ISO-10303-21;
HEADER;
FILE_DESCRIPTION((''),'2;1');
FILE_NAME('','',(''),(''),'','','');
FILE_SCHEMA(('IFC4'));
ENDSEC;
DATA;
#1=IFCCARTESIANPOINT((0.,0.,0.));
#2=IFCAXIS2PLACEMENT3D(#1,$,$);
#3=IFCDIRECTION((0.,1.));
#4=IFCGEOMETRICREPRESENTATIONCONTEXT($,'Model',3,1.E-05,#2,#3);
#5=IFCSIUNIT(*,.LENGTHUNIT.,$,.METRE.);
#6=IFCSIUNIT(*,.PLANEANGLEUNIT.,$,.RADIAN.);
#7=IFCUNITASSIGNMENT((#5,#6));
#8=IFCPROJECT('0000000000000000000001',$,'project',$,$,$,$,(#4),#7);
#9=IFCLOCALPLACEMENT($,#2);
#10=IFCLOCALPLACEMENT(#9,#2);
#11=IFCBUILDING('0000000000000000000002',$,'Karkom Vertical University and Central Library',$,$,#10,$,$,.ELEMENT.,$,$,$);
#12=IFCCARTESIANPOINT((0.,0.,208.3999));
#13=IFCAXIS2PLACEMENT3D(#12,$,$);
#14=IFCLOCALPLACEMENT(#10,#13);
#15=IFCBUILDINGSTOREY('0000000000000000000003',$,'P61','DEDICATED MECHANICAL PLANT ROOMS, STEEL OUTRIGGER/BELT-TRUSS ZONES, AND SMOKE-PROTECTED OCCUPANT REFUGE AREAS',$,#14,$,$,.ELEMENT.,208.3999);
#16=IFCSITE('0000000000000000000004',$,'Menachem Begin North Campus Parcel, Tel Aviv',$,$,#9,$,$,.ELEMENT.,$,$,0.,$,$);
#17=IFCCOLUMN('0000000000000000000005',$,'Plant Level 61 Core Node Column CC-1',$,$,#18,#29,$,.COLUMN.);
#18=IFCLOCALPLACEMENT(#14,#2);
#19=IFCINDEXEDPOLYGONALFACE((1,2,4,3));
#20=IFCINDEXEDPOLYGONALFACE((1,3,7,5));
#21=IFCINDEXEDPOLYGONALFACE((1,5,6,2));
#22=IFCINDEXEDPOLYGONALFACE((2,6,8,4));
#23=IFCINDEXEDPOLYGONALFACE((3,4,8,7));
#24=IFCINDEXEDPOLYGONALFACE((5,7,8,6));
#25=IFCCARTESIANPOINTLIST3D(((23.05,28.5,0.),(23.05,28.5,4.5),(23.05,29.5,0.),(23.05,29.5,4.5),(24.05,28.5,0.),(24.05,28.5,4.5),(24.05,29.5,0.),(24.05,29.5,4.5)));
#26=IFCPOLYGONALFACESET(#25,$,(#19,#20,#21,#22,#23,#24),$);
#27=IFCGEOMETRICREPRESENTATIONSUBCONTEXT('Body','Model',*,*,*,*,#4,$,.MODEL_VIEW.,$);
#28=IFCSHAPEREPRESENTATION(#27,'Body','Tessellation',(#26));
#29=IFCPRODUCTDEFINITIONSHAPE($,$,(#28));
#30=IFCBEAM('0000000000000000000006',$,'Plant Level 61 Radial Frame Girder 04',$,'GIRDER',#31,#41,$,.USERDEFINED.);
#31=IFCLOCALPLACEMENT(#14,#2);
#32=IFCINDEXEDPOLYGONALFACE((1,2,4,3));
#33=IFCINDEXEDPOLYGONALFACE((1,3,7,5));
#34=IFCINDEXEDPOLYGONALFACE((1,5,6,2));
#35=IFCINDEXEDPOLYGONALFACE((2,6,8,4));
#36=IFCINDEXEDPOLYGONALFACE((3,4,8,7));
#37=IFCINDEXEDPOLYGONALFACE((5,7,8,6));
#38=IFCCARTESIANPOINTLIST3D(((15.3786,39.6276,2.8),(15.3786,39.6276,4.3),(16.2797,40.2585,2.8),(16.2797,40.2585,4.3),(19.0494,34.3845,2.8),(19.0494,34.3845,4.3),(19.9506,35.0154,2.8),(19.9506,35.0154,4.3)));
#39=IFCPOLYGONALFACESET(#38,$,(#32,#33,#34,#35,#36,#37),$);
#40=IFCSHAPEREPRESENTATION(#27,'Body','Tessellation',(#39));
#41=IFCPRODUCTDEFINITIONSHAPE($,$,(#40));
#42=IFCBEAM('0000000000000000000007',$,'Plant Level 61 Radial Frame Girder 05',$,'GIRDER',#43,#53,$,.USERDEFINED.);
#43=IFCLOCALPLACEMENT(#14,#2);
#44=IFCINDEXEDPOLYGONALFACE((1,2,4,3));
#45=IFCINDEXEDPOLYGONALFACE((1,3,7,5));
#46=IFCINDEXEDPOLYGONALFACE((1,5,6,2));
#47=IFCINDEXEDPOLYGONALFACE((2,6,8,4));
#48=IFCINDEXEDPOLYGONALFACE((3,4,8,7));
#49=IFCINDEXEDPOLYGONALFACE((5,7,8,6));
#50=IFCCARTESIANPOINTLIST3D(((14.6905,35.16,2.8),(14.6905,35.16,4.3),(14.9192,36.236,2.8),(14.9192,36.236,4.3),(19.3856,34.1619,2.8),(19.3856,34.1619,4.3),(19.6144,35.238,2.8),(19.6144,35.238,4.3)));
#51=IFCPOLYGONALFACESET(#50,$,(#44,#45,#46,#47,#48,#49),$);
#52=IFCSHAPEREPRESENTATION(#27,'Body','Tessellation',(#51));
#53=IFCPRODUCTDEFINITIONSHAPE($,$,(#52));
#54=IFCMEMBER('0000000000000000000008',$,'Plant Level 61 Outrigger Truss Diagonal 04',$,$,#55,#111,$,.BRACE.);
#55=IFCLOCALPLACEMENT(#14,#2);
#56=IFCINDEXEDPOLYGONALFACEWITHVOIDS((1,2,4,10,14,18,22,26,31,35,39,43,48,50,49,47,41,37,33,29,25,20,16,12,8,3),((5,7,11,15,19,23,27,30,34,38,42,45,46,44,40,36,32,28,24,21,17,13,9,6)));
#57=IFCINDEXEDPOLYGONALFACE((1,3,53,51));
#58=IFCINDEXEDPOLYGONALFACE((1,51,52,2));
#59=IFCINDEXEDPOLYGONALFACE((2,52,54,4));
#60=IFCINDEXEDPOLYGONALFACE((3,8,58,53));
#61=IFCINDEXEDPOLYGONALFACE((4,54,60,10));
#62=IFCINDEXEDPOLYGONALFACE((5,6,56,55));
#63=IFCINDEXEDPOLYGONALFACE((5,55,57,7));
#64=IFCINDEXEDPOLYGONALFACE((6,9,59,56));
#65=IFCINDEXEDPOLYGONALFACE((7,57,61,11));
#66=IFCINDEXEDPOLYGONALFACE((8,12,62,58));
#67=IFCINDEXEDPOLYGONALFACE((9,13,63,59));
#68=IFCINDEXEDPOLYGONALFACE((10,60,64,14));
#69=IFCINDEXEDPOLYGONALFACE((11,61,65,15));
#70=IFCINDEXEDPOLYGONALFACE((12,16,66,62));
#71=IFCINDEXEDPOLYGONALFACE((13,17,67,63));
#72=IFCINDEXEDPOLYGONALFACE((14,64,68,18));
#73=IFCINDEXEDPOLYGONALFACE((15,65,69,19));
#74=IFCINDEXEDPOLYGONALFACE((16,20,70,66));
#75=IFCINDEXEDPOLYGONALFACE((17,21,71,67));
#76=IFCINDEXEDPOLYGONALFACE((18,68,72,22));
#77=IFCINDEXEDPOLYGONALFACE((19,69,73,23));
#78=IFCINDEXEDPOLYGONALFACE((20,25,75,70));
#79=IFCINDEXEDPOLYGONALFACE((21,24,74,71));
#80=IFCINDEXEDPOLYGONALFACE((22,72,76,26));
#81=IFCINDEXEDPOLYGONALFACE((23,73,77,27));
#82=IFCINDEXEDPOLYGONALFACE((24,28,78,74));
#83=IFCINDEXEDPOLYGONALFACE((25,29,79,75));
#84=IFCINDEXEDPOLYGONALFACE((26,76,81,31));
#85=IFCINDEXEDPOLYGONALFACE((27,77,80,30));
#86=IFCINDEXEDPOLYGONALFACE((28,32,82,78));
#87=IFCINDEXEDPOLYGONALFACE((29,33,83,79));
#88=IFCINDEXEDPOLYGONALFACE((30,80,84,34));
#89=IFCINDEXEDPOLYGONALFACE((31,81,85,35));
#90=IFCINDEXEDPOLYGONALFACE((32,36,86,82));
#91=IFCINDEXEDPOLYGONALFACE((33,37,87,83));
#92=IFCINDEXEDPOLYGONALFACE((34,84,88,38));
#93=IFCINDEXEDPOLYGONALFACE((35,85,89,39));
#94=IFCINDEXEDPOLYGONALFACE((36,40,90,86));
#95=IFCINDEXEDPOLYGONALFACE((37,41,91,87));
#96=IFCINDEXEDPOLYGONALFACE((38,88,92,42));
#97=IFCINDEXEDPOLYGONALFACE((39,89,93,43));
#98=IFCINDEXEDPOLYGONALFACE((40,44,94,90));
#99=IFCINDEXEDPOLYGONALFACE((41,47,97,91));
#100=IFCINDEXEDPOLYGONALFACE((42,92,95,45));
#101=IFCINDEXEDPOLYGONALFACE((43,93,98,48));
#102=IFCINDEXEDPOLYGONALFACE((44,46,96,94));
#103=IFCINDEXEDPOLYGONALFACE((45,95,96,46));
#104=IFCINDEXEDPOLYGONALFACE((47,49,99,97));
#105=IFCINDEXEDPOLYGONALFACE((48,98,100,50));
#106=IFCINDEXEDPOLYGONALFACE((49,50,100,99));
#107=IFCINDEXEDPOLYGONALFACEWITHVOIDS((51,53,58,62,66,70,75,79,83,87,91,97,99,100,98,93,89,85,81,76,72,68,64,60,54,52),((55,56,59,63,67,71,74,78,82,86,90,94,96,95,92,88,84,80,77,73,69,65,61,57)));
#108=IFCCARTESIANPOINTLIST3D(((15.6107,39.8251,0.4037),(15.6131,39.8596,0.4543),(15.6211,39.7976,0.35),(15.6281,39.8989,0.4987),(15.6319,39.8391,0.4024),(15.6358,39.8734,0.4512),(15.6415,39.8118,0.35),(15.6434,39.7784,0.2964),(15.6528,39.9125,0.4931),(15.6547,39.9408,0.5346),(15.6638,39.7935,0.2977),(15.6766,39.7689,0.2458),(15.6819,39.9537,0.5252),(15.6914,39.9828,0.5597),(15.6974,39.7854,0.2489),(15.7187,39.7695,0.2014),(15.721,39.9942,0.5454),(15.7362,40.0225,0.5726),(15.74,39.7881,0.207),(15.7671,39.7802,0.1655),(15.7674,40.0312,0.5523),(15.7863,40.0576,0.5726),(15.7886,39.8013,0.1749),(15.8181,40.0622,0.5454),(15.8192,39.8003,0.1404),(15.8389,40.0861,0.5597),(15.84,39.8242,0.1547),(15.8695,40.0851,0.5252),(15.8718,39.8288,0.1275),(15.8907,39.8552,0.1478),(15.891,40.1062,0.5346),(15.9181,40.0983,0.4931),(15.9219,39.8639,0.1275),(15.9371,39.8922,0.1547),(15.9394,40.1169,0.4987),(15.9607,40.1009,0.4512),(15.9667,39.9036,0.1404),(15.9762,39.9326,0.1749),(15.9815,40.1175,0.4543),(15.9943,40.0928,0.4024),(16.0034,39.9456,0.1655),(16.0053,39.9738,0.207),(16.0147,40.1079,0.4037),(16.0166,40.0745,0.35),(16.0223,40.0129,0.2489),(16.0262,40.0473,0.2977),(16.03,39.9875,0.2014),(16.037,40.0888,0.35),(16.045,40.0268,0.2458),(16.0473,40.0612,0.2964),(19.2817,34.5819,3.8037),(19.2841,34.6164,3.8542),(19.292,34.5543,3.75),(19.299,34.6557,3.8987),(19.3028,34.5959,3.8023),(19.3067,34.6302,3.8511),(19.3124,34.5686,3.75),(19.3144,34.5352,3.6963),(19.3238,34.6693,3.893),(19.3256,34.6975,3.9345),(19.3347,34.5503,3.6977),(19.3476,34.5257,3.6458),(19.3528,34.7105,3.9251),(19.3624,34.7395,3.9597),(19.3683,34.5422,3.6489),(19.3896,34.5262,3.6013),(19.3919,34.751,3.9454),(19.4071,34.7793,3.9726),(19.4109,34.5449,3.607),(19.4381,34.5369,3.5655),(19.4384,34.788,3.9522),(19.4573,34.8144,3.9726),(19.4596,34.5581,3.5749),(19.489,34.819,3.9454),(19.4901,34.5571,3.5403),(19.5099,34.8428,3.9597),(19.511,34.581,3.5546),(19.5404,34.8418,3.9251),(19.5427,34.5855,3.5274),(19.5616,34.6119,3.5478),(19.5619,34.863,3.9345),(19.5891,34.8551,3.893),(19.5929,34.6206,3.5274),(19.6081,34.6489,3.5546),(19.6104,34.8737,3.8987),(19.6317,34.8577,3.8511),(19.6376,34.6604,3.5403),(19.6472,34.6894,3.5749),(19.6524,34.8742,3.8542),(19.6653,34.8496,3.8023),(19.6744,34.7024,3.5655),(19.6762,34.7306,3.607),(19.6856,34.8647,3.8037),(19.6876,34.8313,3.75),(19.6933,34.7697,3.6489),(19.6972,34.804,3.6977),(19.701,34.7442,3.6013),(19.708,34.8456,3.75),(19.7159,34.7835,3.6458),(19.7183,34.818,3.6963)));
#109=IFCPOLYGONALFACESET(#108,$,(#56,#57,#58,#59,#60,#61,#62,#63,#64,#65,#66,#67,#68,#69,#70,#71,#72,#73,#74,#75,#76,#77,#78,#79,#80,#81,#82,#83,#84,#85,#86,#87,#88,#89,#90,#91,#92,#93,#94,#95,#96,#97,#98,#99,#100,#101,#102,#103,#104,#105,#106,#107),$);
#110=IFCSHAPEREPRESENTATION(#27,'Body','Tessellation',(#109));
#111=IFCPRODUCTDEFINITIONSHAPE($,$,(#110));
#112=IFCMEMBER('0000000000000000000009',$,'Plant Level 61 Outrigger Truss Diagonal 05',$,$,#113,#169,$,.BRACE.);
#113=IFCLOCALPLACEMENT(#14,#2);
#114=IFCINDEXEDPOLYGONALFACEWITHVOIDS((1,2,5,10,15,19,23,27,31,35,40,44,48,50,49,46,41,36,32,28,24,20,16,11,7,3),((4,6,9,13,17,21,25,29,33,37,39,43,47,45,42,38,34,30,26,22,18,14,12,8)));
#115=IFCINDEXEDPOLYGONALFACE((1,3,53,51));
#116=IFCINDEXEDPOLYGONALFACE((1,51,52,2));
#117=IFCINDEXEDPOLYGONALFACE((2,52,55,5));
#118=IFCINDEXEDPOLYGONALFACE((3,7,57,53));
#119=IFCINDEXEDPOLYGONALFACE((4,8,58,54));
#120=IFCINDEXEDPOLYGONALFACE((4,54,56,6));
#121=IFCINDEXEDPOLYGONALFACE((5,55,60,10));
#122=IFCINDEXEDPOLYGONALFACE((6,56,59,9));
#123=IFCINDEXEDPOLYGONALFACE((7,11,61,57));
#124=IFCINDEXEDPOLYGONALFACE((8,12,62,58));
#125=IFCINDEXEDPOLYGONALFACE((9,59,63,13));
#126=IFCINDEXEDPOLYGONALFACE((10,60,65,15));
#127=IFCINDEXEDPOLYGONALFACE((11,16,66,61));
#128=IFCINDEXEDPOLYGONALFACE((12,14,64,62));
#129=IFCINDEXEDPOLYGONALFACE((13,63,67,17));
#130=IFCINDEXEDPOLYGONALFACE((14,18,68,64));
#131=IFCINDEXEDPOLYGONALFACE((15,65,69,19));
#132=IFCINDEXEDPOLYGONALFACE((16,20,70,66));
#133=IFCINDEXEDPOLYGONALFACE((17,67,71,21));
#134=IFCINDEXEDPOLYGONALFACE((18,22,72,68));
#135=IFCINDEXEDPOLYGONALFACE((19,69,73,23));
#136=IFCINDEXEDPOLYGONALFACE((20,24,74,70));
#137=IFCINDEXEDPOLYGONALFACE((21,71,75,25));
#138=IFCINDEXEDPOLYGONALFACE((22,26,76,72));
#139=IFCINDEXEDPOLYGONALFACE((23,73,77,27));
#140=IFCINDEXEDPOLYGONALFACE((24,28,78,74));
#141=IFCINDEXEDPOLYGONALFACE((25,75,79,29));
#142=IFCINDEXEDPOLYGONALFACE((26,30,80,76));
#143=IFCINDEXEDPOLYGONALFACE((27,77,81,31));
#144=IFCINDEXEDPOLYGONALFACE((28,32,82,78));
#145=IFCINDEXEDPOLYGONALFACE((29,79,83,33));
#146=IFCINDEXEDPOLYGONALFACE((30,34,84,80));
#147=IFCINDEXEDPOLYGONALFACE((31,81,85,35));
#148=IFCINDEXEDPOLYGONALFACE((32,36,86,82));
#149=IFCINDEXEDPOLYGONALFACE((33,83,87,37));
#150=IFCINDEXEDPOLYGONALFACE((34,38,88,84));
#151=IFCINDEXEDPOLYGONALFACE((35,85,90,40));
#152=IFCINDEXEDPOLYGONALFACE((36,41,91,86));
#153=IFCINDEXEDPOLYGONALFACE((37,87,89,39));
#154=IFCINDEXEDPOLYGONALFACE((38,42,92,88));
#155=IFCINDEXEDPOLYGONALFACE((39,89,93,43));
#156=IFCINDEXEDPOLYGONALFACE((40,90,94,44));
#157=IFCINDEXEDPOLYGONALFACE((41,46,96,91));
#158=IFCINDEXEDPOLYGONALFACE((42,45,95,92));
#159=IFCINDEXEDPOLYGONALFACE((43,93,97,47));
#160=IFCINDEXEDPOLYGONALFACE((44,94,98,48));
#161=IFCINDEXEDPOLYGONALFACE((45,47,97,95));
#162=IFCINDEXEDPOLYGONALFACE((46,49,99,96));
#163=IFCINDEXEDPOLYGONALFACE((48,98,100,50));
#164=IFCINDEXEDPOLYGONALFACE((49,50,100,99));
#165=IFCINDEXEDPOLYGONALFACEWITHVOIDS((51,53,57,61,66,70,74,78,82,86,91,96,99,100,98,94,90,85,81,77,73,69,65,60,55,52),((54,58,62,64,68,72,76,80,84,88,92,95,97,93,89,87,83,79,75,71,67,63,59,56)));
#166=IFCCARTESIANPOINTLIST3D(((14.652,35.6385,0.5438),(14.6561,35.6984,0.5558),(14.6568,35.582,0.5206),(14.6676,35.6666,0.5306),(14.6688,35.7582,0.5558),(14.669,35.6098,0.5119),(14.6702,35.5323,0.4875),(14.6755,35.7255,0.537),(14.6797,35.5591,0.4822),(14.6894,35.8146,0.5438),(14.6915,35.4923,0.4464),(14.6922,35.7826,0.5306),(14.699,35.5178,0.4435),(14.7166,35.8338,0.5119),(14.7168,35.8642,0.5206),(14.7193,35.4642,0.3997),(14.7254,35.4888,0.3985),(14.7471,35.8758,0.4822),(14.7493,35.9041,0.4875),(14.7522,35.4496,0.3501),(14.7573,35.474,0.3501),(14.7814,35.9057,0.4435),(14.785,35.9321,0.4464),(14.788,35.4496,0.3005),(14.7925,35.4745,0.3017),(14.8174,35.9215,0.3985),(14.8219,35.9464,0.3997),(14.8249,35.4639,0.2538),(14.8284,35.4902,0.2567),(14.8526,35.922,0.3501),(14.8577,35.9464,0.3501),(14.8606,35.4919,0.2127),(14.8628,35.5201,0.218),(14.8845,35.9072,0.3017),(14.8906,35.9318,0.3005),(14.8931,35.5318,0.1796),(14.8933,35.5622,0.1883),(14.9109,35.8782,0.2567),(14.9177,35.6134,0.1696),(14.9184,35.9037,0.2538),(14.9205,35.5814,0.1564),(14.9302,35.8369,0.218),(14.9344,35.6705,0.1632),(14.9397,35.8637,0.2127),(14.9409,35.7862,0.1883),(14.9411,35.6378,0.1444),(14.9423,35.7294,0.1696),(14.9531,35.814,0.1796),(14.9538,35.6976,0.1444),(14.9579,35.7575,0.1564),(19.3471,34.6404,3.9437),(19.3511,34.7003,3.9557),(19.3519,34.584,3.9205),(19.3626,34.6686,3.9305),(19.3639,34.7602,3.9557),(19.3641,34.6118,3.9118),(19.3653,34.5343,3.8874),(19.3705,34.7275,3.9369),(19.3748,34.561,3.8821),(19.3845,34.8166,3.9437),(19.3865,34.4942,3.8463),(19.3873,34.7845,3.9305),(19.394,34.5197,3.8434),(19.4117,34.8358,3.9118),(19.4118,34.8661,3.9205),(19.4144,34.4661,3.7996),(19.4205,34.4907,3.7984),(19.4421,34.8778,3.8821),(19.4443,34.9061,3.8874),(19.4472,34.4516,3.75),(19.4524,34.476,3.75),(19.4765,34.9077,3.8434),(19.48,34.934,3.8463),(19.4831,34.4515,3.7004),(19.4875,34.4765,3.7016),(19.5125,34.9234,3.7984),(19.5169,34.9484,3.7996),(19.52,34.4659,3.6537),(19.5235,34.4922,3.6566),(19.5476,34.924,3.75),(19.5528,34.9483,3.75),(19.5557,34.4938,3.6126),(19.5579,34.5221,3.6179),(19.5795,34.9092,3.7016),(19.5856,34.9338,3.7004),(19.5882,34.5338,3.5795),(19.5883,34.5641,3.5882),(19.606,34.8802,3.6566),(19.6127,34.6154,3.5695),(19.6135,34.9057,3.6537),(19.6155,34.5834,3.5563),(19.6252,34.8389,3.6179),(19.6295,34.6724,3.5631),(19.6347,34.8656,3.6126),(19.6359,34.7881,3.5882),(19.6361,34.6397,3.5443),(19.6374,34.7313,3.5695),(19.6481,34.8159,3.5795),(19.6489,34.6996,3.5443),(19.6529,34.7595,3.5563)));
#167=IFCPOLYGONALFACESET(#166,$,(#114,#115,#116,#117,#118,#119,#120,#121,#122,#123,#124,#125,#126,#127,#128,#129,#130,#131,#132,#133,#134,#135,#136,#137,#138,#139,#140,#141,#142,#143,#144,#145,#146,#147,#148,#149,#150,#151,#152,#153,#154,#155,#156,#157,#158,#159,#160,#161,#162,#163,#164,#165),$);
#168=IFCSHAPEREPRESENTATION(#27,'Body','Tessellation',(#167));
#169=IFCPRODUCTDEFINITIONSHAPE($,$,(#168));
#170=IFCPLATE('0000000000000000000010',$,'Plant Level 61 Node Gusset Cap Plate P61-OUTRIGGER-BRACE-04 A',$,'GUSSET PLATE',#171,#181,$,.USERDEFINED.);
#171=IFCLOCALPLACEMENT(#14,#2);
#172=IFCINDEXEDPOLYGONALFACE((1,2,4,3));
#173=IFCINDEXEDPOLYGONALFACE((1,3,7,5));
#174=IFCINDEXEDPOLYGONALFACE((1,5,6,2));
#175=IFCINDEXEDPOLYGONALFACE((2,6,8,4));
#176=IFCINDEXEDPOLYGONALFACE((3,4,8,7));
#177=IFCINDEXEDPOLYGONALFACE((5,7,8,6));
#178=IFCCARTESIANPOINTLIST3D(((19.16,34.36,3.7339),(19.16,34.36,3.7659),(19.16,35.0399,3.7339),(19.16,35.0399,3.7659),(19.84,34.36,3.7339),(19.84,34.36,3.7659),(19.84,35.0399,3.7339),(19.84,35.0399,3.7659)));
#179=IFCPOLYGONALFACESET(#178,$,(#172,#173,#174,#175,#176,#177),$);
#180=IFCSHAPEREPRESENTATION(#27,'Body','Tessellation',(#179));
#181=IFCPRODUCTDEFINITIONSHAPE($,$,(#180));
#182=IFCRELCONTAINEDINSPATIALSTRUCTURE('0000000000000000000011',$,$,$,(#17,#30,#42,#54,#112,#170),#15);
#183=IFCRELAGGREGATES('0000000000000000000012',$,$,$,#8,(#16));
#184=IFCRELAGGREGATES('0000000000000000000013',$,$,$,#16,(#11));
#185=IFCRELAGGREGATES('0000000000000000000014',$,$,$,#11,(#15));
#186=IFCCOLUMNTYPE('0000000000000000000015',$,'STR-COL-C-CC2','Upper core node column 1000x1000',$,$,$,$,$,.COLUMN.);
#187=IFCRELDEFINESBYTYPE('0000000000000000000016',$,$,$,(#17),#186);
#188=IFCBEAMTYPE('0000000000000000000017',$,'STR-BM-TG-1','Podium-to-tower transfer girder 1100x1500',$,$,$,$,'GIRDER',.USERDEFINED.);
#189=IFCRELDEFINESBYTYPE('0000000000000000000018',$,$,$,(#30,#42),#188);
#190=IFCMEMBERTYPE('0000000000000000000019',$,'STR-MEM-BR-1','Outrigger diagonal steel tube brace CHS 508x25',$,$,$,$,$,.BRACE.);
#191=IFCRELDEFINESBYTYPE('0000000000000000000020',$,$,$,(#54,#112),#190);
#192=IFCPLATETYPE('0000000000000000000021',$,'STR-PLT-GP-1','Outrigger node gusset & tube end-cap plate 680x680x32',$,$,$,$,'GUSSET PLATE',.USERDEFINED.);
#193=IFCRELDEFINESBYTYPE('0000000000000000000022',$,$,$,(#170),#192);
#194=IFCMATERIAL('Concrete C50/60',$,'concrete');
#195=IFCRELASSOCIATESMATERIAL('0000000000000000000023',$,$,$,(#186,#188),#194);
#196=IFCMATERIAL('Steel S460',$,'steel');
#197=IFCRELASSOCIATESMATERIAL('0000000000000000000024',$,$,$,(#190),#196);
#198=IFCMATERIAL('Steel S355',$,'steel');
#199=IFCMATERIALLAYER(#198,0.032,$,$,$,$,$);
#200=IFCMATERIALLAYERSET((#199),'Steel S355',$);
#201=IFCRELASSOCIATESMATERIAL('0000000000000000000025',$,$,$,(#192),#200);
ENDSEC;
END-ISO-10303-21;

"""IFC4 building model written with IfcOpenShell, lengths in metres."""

from ifc_helpers import new_model, si_unit, direction, frame, origin, origin_with_axes, origin_2d, place, context, subcontext, project, spatial, rectangle, hollow_circle, extrude, source, transform, mapped, material, layer, layer_set, material_profile, profile_set, type_object, element, save


model = new_model("IFC4")

# Units and contexts
model_context = context("Model", 3, precision=1e-05, world=origin(), true_north=direction((0.0, 1.0)))
body_context = subcontext(model_context, "Body", "Model", "MODEL_VIEW")
ifc_project = project(units=[si_unit("LENGTHUNIT", "METRE"), si_unit("PLANEANGLEUNIT", "RADIAN")], contexts=[model_context])

# Site, building, storey
site_placement = place(None, origin())
site = spatial("IfcSite", under=ifc_project, at=site_placement, Name="Menachem Begin North Campus Parcel, Tel Aviv", CompositionType="ELEMENT", RefElevation=0.0)
building_placement = place(site_placement, origin())
building = spatial("IfcBuilding", under=site, at=building_placement, Name="Karkom Vertical University and Central Library", CompositionType="ELEMENT")
storey_placement = place(building_placement, frame((0.0, 0.0, 208.3999)))
storey = spatial("IfcBuildingStorey", under=building, at=storey_placement, Name="P61", Description="DEDICATED MECHANICAL PLANT ROOMS, STEEL OUTRIGGER/BELT-TRUSS ZONES, AND SMOKE-PROTECTED OCCUPANT REFUGE AREAS", CompositionType="ELEMENT", Elevation=208.3999)

# Column
ifc_material_1 = material(Name="Concrete C50/60", Category="concrete")
ifc_material_profile_1 = material_profile(ifc_material_1, rectangle(XDim=1.0, YDim=1.0, at=origin_2d()), Name="RC-1000x1000")
ifc_profile_set_1 = profile_set([ifc_material_profile_1], Name="Concrete C50/60")
column_type = type_object("IfcColumnType", Name="STR-COL-C-CC2", Description="Upper core node column 1000x1000", PredefinedType="COLUMN", material=ifc_profile_set_1)
shared_shape_1 = source(origin_with_axes(), body_context, "Body", "SweptSolid", [
    extrude(rectangle(XDim=1.0, YDim=1.0, at=origin_2d()), origin(), (0.0, 0.0, 1.0), 4.5),
])
column_placement = place(storey_placement, frame((23.55, 29.0, 0.0), z_axis=(0.0, 0.0, 1.0), x_axis=(1.0, 0.0, 0.0)))
element("IfcColumn", 1, at=column_placement, inside=storey, type_object=column_type, Name="Plant Level 61 Core Node Column CC-1", PredefinedType="COLUMN", context=body_context, shape_type="MappedRepresentation", body=[
    mapped(shared_shape_1, transform((0.0, 0.0, 0.0), scale=1.0)),
])

# Beams
ifc_material_profile_2 = material_profile(ifc_material_1, rectangle(XDim=1.1001, YDim=1.5, at=origin_2d()), Name="TG-1100x1500")
ifc_profile_set_2 = profile_set([ifc_material_profile_2], Name="Concrete C50/60")
beam_type = type_object("IfcBeamType", Name="STR-BM-TG-1", Description="Podium-to-tower transfer girder 1100x1500", ElementType="GIRDER", PredefinedType="USERDEFINED", material=ifc_profile_set_2)
shared_shape_2 = source(origin_with_axes(), body_context, "Body", "SweptSolid", [
    extrude(rectangle(XDim=1.1001, YDim=1.5, at=origin_2d()), origin(), (0.0, 0.0, 1.0), 6.4004),
])
beam_1_placement = place(storey_placement, frame((19.5, 34.7, 3.55), z_axis=(-0.573534, 0.819182, 0.0), x_axis=(-0.819182, -0.573534, 0.0)))
element("IfcBeam", 2, at=beam_1_placement, inside=storey, type_object=beam_type, Name="Plant Level 61 Radial Frame Girder 04", ObjectType="GIRDER", PredefinedType="USERDEFINED", context=body_context, shape_type="MappedRepresentation", body=[
    mapped(shared_shape_2, transform((0.0, 0.0, 0.0), scale=1.0)),
])
shared_shape_3 = source(origin_with_axes(), body_context, "Body", "SweptSolid", [
    extrude(rectangle(XDim=1.1001, YDim=1.5, at=origin_2d()), origin(), (0.0, 0.0, 1.0), 4.8),
])
beam_2_placement = place(storey_placement, frame((19.5, 34.7, 3.55), z_axis=(-0.978144, 0.207927, 0.0), x_axis=(-0.207927, -0.978144, 0.0)))
element("IfcBeam", 3, at=beam_2_placement, inside=storey, type_object=beam_type, Name="Plant Level 61 Radial Frame Girder 05", ObjectType="GIRDER", PredefinedType="USERDEFINED", context=body_context, shape_type="MappedRepresentation", body=[
    mapped(shared_shape_3, transform((0.0, 0.0, 0.0), scale=1.0)),
])

# Members
ifc_material_2 = material(Name="Steel S460", Category="steel")
ifc_material_profile_3 = material_profile(ifc_material_2, hollow_circle(Radius=0.2539, WallThickness=0.0249, at=origin_2d()), Name="CHS 508x25")
ifc_profile_set_3 = profile_set([ifc_material_profile_3], Name="Steel S460")
member_type = type_object("IfcMemberType", Name="STR-MEM-BR-1", Description="Outrigger diagonal steel tube brace CHS 508x25", PredefinedType="BRACE", material=ifc_profile_set_3)
shared_shape_4 = source(origin_with_axes(), body_context, "Body", "SweptSolid", [
    extrude(hollow_circle(Radius=0.2539, WallThickness=0.0249, at=origin_2d()), origin(), (0.0, 0.0, 1.0), 7.2476),
])
member_1_placement = place(storey_placement, frame((19.5, 34.7, 3.75), z_axis=(-0.506509, 0.723449, -0.469117), x_axis=(-0.819182, -0.573534, 0.0)))
element("IfcMember", 4, at=member_1_placement, inside=storey, type_object=member_type, Name="Plant Level 61 Outrigger Truss Diagonal 04", PredefinedType="BRACE", context=body_context, shape_type="MappedRepresentation", body=[
    mapped(shared_shape_4, transform((0.0, 0.0, 0.0), scale=1.0)),
])
shared_shape_5 = source(origin_with_axes(), body_context, "Body", "SweptSolid", [
    extrude(hollow_circle(Radius=0.2539, WallThickness=0.0249, at=origin_2d()), origin(), (0.0, 0.0, 1.0), 5.8821),
])
member_2_placement = place(storey_placement, frame((19.5, 34.7, 3.75), z_axis=(-0.798196, 0.169675, -0.578008), x_axis=(-0.207927, -0.978144, 0.0)))
element("IfcMember", 5, at=member_2_placement, inside=storey, type_object=member_type, Name="Plant Level 61 Outrigger Truss Diagonal 05", PredefinedType="BRACE", context=body_context, shape_type="MappedRepresentation", body=[
    mapped(shared_shape_5, transform((0.0, 0.0, 0.0), scale=1.0)),
])

# Plate
ifc_material_3 = material(Name="Steel S355", Category="steel")
ifc_layer_1 = layer(ifc_material_3, 0.032)
ifc_layer_set_1 = layer_set([ifc_layer_1], Name="Steel S355")
plate_type = type_object("IfcPlateType", Name="STR-PLT-GP-1", Description="Outrigger node gusset & tube end-cap plate 680x680x32", ElementType="GUSSET PLATE", PredefinedType="USERDEFINED", material=ifc_layer_set_1)
shared_shape_6 = source(origin_with_axes(), body_context, "Body", "SweptSolid", [
    extrude(rectangle(XDim=0.6799, YDim=0.6799, at=origin_2d()), origin(), (0.0, 0.0, 1.0), 0.032),
])
plate_placement = place(storey_placement, frame((19.5, 34.7, 3.7339), z_axis=(0.0, 0.0, 1.0), x_axis=(1.0, 0.0, 0.0)))
element("IfcPlate", 6, at=plate_placement, inside=storey, type_object=plate_type, Name="Plant Level 61 Node Gusset Cap Plate P61-OUTRIGGER-BRACE-04 A", ObjectType="GUSSET PLATE", PredefinedType="USERDEFINED", context=body_context, shape_type="MappedRepresentation", body=[
    mapped(shared_shape_6, transform((0.0, 0.0, 0.0), scale=1.0)),
])

save(model, "model.ifc")
